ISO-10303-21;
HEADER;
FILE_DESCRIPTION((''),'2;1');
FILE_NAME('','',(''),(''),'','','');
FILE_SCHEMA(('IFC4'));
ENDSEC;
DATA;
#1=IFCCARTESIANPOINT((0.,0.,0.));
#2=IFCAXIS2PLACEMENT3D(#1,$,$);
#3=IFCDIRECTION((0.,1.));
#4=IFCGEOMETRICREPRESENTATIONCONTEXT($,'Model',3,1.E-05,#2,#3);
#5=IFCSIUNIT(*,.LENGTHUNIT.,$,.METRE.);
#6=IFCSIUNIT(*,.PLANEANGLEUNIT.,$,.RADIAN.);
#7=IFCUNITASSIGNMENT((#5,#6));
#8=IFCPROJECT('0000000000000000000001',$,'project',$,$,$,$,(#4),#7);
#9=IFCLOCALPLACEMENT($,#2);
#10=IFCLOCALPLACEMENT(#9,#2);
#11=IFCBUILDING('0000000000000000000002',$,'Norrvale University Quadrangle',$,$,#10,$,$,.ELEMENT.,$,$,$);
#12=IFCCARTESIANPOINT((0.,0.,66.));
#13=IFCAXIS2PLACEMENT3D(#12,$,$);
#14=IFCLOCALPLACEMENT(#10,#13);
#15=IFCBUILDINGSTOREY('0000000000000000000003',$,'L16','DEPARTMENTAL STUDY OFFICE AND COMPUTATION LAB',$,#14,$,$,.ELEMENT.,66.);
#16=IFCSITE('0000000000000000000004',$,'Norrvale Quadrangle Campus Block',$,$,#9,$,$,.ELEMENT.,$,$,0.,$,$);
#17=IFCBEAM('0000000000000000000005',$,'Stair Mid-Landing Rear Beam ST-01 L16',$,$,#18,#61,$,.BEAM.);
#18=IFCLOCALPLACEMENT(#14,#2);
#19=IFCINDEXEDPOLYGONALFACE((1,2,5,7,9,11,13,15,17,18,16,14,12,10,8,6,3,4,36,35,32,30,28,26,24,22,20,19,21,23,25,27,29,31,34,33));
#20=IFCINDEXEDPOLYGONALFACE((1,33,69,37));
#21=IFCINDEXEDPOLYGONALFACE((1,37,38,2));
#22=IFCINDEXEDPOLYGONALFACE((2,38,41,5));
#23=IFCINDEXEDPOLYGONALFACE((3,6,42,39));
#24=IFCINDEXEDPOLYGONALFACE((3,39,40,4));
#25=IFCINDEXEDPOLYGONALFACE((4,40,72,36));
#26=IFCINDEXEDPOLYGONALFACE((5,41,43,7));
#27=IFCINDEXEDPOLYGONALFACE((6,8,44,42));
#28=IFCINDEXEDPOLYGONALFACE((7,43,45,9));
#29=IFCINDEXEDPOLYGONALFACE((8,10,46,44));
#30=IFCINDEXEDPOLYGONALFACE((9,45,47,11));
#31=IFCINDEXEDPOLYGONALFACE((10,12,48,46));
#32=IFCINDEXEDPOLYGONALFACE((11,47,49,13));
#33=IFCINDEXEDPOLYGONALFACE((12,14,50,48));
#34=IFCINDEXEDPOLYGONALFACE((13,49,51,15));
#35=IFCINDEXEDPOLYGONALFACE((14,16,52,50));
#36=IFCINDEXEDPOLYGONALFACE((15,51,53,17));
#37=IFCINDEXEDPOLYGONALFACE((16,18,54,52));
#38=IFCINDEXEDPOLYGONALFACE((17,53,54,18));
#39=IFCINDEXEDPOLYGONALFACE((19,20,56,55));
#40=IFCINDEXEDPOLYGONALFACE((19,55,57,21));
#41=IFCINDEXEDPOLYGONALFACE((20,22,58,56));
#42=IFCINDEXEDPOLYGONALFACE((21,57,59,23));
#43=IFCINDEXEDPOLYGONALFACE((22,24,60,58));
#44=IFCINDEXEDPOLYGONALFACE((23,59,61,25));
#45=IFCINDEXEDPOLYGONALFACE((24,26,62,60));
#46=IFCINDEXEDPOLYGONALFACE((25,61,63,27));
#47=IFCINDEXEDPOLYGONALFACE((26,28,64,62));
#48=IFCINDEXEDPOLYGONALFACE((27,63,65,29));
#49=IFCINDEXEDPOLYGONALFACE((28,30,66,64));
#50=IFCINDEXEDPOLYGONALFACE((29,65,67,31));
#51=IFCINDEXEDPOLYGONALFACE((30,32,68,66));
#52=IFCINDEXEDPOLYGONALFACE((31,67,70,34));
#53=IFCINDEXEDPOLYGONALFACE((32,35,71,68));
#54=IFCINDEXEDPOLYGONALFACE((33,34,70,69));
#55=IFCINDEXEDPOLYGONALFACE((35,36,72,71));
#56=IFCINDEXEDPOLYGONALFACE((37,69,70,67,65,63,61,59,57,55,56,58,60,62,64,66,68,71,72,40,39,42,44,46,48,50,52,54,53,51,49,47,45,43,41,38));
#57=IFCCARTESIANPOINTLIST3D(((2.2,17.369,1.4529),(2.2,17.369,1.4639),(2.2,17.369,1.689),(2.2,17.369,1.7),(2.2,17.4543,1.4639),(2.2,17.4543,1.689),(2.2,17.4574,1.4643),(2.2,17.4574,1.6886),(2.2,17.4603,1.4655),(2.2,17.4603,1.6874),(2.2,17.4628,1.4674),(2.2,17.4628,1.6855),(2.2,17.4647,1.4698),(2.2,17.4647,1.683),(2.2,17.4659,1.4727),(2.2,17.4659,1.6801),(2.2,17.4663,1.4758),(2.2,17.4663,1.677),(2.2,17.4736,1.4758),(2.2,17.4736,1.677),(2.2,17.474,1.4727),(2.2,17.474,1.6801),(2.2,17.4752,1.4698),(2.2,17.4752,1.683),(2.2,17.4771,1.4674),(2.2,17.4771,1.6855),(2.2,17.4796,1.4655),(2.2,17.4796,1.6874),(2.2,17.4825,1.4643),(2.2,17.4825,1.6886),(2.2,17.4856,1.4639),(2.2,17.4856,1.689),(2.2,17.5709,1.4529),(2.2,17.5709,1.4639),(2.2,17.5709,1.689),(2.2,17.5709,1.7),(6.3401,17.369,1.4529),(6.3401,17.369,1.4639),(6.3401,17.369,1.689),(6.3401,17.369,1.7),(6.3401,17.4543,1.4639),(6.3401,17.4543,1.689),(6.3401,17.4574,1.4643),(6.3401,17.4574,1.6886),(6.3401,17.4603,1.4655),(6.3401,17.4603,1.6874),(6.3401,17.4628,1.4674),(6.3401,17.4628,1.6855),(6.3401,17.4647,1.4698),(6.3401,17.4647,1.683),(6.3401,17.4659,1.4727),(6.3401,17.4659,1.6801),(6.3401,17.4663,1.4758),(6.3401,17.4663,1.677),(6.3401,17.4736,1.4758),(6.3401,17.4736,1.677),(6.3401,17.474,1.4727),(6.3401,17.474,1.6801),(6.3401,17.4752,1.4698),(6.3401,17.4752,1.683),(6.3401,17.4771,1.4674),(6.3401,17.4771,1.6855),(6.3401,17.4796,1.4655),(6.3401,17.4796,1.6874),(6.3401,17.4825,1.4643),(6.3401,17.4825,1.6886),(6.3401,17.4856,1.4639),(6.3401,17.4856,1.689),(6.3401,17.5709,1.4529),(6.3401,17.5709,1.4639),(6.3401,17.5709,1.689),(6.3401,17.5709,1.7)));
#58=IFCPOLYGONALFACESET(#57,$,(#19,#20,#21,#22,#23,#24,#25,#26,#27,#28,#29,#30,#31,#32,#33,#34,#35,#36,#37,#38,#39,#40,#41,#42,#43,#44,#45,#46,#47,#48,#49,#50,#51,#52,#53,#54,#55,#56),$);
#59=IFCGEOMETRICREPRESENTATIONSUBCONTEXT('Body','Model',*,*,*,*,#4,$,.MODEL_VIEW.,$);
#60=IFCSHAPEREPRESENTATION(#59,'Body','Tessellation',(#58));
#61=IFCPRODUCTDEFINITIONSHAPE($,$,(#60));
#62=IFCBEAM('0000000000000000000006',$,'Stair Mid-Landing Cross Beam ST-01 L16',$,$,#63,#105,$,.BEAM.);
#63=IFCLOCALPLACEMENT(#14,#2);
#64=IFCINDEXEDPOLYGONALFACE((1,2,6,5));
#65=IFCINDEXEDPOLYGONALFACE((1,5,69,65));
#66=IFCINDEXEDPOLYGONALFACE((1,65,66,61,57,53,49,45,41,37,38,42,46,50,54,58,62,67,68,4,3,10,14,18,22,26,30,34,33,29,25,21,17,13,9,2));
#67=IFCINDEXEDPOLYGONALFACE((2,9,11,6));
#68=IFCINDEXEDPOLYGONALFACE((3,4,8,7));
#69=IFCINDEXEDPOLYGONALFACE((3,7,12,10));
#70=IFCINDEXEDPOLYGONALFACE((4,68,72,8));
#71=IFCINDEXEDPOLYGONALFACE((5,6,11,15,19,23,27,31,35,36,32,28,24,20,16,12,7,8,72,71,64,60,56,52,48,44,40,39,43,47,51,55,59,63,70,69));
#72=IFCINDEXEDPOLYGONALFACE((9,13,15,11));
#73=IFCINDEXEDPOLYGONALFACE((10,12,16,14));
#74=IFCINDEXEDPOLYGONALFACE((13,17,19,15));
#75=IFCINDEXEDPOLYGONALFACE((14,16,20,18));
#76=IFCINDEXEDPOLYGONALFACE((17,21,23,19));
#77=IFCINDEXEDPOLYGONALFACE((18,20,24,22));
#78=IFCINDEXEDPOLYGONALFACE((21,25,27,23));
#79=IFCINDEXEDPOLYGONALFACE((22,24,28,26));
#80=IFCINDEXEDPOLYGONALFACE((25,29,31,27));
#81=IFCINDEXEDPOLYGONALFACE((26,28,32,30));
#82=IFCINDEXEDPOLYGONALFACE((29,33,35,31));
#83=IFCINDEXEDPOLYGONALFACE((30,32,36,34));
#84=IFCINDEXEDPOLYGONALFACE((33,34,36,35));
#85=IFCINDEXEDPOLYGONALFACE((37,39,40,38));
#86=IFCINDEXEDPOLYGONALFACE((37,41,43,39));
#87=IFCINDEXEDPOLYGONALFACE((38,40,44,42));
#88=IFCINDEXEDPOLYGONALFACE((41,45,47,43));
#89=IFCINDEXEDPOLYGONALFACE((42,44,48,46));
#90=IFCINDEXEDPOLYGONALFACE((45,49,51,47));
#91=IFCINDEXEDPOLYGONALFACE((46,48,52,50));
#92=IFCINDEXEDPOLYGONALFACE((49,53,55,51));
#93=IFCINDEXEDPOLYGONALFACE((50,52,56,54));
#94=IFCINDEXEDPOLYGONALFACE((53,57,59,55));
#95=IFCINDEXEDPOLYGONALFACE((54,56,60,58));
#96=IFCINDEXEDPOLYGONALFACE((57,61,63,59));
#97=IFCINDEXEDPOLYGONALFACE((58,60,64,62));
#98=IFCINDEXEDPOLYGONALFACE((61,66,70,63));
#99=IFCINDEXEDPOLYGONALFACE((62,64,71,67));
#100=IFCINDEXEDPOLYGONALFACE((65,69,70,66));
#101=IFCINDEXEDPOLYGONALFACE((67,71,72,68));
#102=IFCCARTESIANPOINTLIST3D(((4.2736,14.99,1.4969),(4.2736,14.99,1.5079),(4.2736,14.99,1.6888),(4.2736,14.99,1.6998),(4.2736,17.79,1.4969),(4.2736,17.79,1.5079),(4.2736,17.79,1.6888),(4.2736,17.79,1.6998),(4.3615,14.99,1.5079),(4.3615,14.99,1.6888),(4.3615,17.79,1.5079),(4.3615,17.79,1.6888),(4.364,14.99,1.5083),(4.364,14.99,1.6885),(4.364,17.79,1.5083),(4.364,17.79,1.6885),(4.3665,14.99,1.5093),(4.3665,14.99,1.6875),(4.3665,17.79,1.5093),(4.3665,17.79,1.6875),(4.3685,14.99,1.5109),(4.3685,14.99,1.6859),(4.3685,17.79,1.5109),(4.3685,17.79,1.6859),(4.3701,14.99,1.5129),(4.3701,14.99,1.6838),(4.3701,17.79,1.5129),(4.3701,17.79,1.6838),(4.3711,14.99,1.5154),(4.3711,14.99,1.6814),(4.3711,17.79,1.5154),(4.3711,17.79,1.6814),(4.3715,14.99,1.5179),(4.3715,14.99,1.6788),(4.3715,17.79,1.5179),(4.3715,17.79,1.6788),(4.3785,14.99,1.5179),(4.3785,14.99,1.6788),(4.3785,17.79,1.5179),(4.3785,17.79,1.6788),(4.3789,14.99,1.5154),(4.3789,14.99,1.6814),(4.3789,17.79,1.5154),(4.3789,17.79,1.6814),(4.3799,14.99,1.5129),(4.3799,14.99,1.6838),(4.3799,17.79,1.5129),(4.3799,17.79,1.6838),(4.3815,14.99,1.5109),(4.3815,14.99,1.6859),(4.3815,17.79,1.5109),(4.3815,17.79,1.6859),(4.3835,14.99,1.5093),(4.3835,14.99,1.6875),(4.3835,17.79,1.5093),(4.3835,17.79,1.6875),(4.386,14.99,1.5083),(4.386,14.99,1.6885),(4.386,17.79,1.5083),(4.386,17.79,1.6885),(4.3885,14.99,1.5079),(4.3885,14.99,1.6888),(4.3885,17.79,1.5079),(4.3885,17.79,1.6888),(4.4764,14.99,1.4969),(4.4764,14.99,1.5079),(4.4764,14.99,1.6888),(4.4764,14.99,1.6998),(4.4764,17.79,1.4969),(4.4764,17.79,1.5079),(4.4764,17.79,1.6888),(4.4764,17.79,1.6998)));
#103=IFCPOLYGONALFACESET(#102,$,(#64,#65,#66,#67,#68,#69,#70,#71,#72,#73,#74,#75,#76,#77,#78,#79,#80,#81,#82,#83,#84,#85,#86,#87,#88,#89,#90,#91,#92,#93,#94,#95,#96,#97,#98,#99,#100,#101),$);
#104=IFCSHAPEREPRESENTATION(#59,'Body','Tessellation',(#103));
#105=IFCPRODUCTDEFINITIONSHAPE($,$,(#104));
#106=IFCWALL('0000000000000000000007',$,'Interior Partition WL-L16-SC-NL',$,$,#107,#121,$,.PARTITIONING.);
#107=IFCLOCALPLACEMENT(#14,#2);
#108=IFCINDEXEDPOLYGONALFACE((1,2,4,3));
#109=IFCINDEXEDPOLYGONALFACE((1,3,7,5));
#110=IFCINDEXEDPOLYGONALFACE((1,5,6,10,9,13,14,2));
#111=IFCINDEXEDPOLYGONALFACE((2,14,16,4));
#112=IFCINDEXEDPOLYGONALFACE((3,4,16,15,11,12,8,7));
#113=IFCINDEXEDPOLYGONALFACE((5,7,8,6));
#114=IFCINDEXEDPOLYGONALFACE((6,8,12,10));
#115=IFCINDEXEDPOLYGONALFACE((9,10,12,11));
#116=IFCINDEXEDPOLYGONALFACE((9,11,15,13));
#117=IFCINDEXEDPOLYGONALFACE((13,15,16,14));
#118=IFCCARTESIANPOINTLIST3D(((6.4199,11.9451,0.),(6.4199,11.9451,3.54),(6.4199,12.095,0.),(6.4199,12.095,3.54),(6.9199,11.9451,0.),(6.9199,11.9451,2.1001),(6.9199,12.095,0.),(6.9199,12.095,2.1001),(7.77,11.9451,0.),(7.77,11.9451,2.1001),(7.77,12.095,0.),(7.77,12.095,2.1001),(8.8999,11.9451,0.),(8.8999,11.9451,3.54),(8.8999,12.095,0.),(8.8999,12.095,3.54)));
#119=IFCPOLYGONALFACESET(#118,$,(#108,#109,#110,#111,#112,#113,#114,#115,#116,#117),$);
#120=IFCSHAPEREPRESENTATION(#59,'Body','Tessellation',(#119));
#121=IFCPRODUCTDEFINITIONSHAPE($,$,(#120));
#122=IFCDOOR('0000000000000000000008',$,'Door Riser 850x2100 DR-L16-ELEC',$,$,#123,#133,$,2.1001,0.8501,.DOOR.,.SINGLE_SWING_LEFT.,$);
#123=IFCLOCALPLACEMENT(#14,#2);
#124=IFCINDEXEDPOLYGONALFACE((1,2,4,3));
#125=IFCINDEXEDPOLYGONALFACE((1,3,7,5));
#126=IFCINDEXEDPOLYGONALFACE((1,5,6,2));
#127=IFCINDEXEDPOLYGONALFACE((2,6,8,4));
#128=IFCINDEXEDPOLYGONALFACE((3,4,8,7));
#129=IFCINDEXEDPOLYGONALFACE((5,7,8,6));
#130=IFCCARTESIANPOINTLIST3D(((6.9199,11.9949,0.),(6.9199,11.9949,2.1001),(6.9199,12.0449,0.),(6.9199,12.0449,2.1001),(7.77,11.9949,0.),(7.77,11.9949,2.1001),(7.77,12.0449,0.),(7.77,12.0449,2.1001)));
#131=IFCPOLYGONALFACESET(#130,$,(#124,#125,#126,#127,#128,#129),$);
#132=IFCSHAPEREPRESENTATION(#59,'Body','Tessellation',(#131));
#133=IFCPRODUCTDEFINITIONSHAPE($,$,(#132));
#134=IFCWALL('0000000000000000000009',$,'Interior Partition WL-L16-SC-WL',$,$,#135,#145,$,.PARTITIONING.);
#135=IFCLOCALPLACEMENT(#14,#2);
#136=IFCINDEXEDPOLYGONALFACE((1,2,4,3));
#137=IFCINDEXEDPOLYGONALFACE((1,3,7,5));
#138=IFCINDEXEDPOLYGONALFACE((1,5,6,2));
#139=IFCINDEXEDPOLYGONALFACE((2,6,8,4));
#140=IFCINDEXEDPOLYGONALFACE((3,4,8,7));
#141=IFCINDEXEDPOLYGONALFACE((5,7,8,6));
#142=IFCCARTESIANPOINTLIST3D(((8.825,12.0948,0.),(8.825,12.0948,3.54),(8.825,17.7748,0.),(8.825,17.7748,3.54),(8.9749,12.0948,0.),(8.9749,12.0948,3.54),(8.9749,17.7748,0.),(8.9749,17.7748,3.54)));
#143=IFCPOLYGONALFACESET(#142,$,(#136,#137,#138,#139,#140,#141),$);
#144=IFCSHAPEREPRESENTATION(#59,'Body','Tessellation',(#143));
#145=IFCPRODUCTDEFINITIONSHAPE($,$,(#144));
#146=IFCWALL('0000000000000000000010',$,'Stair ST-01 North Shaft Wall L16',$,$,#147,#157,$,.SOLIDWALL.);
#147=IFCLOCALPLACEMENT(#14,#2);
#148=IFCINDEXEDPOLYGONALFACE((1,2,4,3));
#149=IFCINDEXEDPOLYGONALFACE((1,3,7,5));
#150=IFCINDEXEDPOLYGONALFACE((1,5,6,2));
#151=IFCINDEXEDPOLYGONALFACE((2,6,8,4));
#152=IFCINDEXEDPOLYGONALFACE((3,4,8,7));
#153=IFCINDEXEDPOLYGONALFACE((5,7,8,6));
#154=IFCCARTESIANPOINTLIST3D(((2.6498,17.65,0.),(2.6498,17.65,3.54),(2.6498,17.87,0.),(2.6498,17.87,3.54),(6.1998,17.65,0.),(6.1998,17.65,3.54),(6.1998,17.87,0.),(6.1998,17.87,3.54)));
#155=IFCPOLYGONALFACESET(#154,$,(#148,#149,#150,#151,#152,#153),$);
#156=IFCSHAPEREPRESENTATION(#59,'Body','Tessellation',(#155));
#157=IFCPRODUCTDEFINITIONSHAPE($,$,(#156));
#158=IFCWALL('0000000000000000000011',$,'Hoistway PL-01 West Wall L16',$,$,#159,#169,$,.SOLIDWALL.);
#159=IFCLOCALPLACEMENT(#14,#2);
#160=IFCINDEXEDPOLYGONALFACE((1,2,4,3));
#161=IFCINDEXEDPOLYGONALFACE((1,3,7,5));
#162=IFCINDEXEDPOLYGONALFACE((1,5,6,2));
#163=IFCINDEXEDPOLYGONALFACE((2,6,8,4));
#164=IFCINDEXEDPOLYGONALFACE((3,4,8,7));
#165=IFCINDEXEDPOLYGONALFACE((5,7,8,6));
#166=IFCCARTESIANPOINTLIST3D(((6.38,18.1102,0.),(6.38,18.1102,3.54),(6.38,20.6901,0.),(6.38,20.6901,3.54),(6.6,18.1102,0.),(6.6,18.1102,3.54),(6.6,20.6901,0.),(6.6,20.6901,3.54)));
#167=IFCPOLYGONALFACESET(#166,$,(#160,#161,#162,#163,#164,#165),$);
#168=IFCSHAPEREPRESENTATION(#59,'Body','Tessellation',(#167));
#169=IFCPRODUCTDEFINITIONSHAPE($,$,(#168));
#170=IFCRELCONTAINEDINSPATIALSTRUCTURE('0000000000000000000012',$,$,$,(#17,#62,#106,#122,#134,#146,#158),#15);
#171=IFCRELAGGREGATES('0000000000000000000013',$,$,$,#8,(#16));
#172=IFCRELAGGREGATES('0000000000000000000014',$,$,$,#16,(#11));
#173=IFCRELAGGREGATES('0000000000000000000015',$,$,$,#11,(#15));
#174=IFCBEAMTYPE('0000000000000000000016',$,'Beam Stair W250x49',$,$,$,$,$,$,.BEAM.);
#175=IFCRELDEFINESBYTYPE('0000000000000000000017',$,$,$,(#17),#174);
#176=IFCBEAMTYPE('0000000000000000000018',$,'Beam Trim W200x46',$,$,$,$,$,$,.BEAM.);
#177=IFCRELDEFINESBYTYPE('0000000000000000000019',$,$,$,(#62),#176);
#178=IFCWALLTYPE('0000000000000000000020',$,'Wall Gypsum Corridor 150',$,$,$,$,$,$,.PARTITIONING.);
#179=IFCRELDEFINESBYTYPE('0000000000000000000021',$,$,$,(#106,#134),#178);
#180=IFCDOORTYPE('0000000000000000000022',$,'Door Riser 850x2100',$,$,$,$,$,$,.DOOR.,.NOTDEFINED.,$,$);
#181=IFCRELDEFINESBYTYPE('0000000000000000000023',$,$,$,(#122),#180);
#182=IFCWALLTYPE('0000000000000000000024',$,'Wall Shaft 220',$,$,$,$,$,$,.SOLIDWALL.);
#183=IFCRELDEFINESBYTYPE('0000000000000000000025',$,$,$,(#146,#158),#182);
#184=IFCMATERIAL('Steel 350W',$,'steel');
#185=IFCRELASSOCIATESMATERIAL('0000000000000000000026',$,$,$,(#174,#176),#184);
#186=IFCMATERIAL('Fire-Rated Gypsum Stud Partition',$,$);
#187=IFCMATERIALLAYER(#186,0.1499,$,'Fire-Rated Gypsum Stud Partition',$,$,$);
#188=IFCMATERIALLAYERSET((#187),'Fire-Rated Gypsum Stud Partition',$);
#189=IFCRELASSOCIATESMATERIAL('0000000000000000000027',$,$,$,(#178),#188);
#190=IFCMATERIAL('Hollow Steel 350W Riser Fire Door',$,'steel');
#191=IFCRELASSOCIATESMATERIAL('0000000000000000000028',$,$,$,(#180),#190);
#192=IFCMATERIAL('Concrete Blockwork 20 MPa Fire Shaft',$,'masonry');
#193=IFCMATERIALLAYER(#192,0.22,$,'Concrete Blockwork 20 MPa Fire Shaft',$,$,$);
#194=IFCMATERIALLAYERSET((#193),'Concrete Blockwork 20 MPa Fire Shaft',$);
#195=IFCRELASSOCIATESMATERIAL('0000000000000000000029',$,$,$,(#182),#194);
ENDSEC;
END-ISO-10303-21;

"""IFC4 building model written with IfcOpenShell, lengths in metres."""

from ifc_helpers import new_model, si_unit, direction, frame, frame_2d, origin, origin_2d, place, context, subcontext, project, spatial, rectangle, i_section, extrude, material, layer, layer_set, material_profile, profile_set, type_object, element, fill, save


model = new_model("IFC4")

# Units and contexts
model_context = context("Model", 3, precision=1e-05, world=origin(), true_north=direction((0.0, 1.0)))
body_context = subcontext(model_context, "Body", "Model", "MODEL_VIEW")
ifc_project = project(units=[si_unit("LENGTHUNIT", "METRE"), si_unit("PLANEANGLEUNIT", "RADIAN")], contexts=[model_context])

# Site, building, storey
site_placement = place(None, origin())
site = spatial("IfcSite", under=ifc_project, at=site_placement, Name="Norrvale Quadrangle Campus Block", CompositionType="ELEMENT", RefElevation=0.0)
building_placement = place(site_placement, origin())
building = spatial("IfcBuilding", under=site, at=building_placement, Name="Norrvale University Quadrangle", CompositionType="ELEMENT")
storey_placement = place(building_placement, frame((0.0, 0.0, 66.0)))
storey = spatial("IfcBuildingStorey", under=building, at=storey_placement, Name="L16", Description="DEPARTMENTAL STUDY OFFICE AND COMPUTATION LAB", CompositionType="ELEMENT", Elevation=66.0)

# Beams
ifc_material_1 = material(Name="Steel 350W", Category="steel")
ifc_material_profile_1 = material_profile(ifc_material_1, i_section(OverallWidth=0.2019, OverallDepth=0.2471, WebThickness=0.0073, FlangeThickness=0.011, FilletRadius=0.012, at=origin_2d()), Name="Steel 350W")
ifc_profile_set_1 = profile_set([ifc_material_profile_1], Name="Steel 350W")
beam_type_1 = type_object("IfcBeamType", Name="Beam Stair W250x49", PredefinedType="BEAM", material=ifc_profile_set_1)
for number, where, z_axis, x_axis, name in (
    (1, (2.2, 17.47, 1.5764), (1.0, 0.0, 0.0), (0.0, 1.0, 0.0), "Stair Mid-Landing Rear Beam ST-01 L16"),
):
    element("IfcBeam", number, at=place(storey_placement, frame(where, z_axis=z_axis, x_axis=x_axis)), inside=storey, type_object=beam_type_1, Name=name, PredefinedType="BEAM", context=body_context, shape_type="SweptSolid", body=[
        extrude(i_section(OverallWidth=0.2019, OverallDepth=0.2471, WebThickness=0.0073, FlangeThickness=0.011, FilletRadius=0.012, at=origin_2d()), origin(), (0.0, 0.0, 1.0), 4.1401),
    ])
ifc_material_profile_2 = material_profile(ifc_material_1, i_section(OverallWidth=0.2029, OverallDepth=0.2029, WebThickness=0.0071, FlangeThickness=0.011, FilletRadius=0.01, at=origin_2d()), Name="Steel 350W")
ifc_profile_set_2 = profile_set([ifc_material_profile_2], Name="Steel 350W")
beam_type_2 = type_object("IfcBeamType", Name="Beam Trim W200x46", PredefinedType="BEAM", material=ifc_profile_set_2)
beam_1_placement = place(storey_placement, frame((4.375, 14.99, 1.5984), z_axis=(0.0, 1.0, 0.0), x_axis=(-1.0, 0.0, 0.0)))
element("IfcBeam", 2, at=beam_1_placement, inside=storey, type_object=beam_type_2, Name="Stair Mid-Landing Cross Beam ST-01 L16", PredefinedType="BEAM", context=body_context, shape_type="SweptSolid", body=[
    extrude(i_section(OverallWidth=0.2029, OverallDepth=0.2029, WebThickness=0.0071, FlangeThickness=0.011, FilletRadius=0.01, at=origin_2d()), origin(), (0.0, 0.0, 1.0), 2.8),
])

# Wall, opening, door
ifc_material_2 = material(Name="Fire-Rated Gypsum Stud Partition")
ifc_layer_1 = layer(ifc_material_2, 0.1499, Name="Fire-Rated Gypsum Stud Partition")
ifc_layer_set_1 = layer_set([ifc_layer_1], Name="Fire-Rated Gypsum Stud Partition")
wall_type_1 = type_object("IfcWallType", Name="Wall Gypsum Corridor 150", PredefinedType="PARTITIONING", material=ifc_layer_set_1)
wall_1_placement = place(storey_placement, frame((6.4199, 12.02, 0.0), z_axis=(0.0, 0.0, 1.0), x_axis=(1.0, 0.0, 0.0)))
wall_1 = element("IfcWall", 3, at=wall_1_placement, inside=storey, type_object=wall_type_1, Name="Interior Partition WL-L16-SC-NL", PredefinedType="PARTITIONING", context=body_context, shape_type="SweptSolid", body=[
    extrude(rectangle(XDim=2.48, YDim=0.1499, at=frame_2d((1.24, 0.0))), origin(), (0.0, 0.0, 1.0), 3.54),
])
opening_1_placement = place(wall_1_placement, frame((0.5, 0.0, 0.0)))
opening_1 = element("IfcOpeningElement", 4, at=opening_1_placement, cuts=wall_1, PredefinedType="OPENING", context=body_context, shape_type="SweptSolid", body=[
    extrude(rectangle(XDim=0.8501, YDim=2.1001, at=frame_2d((0.425, 1.05))), frame((0.0, 0.0869, 0.0), z_axis=(0.0, -1.0, 0.0), x_axis=(1.0, 0.0, 0.0)), (0.0, 0.0, 1.0), 0.1738),
])
ifc_material_3 = material(Name="Hollow Steel 350W Riser Fire Door", Category="steel")
door_type_1 = type_object("IfcDoorType", Name="Door Riser 850x2100", OperationType="NOTDEFINED", PredefinedType="DOOR", material=ifc_material_3)
door_1_placement = place(opening_1_placement, origin())
door_1 = element("IfcDoor", 5, at=door_1_placement, inside=storey, type_object=door_type_1, Name="Door Riser 850x2100 DR-L16-ELEC", OperationType="SINGLE_SWING_LEFT", OverallHeight=2.1001, OverallWidth=0.8501, PredefinedType="DOOR", context=body_context, shape_type="SweptSolid", body=[
    extrude(rectangle(XDim=0.8501, YDim=2.1001, at=frame_2d((0.425, 1.05))), frame((0.0, 0.0249, 0.0), z_axis=(0.0, -1.0, 0.0), x_axis=(1.0, 0.0, 0.0)), (0.0, 0.0, 1.0), 0.05),
])
fill(opening_1, door_1)

# Walls
wall_2_placement = place(storey_placement, frame((8.8999, 12.095, 0.0), z_axis=(0.0, 0.0, 1.0), x_axis=(0.0, 1.0, 0.0)))
element("IfcWall", 6, at=wall_2_placement, inside=storey, type_object=wall_type_1, Name="Interior Partition WL-L16-SC-WL", PredefinedType="PARTITIONING", context=body_context, shape_type="SweptSolid", body=[
    extrude(rectangle(XDim=5.6799, YDim=0.1499, at=frame_2d((2.8398, 0.0))), origin(), (0.0, 0.0, 1.0), 3.54),
])
ifc_material_4 = material(Name="Concrete Blockwork 20 MPa Fire Shaft", Category="masonry")
ifc_layer_2 = layer(ifc_material_4, 0.22, Name="Concrete Blockwork 20 MPa Fire Shaft")
ifc_layer_set_2 = layer_set([ifc_layer_2], Name="Concrete Blockwork 20 MPa Fire Shaft")
wall_type_2 = type_object("IfcWallType", Name="Wall Shaft 220", PredefinedType="SOLIDWALL", material=ifc_layer_set_2)
wall_3_placement = place(storey_placement, frame((2.6499, 17.76, 0.0), z_axis=(0.0, 0.0, 1.0), x_axis=(1.0, 0.0, 0.0)))
element("IfcWall", 7, at=wall_3_placement, inside=storey, type_object=wall_type_2, Name="Stair ST-01 North Shaft Wall L16", PredefinedType="SOLIDWALL", context=body_context, shape_type="SweptSolid", body=[
    extrude(rectangle(XDim=3.55, YDim=0.22, at=frame_2d((1.7749, 0.0))), origin(), (0.0, 0.0, 1.0), 3.54),
])
wall_4_placement = place(storey_placement, frame((6.49, 18.1101, 0.0), z_axis=(0.0, 0.0, 1.0), x_axis=(0.0, 1.0, 0.0)))
element("IfcWall", 8, at=wall_4_placement, inside=storey, type_object=wall_type_2, Name="Hoistway PL-01 West Wall L16", PredefinedType="SOLIDWALL", context=body_context, shape_type="SweptSolid", body=[
    extrude(rectangle(XDim=2.5798, YDim=0.22, at=frame_2d((1.29, 0.0))), origin(), (0.0, 0.0, 1.0), 3.54),
])

save(model, "model.ifc")
